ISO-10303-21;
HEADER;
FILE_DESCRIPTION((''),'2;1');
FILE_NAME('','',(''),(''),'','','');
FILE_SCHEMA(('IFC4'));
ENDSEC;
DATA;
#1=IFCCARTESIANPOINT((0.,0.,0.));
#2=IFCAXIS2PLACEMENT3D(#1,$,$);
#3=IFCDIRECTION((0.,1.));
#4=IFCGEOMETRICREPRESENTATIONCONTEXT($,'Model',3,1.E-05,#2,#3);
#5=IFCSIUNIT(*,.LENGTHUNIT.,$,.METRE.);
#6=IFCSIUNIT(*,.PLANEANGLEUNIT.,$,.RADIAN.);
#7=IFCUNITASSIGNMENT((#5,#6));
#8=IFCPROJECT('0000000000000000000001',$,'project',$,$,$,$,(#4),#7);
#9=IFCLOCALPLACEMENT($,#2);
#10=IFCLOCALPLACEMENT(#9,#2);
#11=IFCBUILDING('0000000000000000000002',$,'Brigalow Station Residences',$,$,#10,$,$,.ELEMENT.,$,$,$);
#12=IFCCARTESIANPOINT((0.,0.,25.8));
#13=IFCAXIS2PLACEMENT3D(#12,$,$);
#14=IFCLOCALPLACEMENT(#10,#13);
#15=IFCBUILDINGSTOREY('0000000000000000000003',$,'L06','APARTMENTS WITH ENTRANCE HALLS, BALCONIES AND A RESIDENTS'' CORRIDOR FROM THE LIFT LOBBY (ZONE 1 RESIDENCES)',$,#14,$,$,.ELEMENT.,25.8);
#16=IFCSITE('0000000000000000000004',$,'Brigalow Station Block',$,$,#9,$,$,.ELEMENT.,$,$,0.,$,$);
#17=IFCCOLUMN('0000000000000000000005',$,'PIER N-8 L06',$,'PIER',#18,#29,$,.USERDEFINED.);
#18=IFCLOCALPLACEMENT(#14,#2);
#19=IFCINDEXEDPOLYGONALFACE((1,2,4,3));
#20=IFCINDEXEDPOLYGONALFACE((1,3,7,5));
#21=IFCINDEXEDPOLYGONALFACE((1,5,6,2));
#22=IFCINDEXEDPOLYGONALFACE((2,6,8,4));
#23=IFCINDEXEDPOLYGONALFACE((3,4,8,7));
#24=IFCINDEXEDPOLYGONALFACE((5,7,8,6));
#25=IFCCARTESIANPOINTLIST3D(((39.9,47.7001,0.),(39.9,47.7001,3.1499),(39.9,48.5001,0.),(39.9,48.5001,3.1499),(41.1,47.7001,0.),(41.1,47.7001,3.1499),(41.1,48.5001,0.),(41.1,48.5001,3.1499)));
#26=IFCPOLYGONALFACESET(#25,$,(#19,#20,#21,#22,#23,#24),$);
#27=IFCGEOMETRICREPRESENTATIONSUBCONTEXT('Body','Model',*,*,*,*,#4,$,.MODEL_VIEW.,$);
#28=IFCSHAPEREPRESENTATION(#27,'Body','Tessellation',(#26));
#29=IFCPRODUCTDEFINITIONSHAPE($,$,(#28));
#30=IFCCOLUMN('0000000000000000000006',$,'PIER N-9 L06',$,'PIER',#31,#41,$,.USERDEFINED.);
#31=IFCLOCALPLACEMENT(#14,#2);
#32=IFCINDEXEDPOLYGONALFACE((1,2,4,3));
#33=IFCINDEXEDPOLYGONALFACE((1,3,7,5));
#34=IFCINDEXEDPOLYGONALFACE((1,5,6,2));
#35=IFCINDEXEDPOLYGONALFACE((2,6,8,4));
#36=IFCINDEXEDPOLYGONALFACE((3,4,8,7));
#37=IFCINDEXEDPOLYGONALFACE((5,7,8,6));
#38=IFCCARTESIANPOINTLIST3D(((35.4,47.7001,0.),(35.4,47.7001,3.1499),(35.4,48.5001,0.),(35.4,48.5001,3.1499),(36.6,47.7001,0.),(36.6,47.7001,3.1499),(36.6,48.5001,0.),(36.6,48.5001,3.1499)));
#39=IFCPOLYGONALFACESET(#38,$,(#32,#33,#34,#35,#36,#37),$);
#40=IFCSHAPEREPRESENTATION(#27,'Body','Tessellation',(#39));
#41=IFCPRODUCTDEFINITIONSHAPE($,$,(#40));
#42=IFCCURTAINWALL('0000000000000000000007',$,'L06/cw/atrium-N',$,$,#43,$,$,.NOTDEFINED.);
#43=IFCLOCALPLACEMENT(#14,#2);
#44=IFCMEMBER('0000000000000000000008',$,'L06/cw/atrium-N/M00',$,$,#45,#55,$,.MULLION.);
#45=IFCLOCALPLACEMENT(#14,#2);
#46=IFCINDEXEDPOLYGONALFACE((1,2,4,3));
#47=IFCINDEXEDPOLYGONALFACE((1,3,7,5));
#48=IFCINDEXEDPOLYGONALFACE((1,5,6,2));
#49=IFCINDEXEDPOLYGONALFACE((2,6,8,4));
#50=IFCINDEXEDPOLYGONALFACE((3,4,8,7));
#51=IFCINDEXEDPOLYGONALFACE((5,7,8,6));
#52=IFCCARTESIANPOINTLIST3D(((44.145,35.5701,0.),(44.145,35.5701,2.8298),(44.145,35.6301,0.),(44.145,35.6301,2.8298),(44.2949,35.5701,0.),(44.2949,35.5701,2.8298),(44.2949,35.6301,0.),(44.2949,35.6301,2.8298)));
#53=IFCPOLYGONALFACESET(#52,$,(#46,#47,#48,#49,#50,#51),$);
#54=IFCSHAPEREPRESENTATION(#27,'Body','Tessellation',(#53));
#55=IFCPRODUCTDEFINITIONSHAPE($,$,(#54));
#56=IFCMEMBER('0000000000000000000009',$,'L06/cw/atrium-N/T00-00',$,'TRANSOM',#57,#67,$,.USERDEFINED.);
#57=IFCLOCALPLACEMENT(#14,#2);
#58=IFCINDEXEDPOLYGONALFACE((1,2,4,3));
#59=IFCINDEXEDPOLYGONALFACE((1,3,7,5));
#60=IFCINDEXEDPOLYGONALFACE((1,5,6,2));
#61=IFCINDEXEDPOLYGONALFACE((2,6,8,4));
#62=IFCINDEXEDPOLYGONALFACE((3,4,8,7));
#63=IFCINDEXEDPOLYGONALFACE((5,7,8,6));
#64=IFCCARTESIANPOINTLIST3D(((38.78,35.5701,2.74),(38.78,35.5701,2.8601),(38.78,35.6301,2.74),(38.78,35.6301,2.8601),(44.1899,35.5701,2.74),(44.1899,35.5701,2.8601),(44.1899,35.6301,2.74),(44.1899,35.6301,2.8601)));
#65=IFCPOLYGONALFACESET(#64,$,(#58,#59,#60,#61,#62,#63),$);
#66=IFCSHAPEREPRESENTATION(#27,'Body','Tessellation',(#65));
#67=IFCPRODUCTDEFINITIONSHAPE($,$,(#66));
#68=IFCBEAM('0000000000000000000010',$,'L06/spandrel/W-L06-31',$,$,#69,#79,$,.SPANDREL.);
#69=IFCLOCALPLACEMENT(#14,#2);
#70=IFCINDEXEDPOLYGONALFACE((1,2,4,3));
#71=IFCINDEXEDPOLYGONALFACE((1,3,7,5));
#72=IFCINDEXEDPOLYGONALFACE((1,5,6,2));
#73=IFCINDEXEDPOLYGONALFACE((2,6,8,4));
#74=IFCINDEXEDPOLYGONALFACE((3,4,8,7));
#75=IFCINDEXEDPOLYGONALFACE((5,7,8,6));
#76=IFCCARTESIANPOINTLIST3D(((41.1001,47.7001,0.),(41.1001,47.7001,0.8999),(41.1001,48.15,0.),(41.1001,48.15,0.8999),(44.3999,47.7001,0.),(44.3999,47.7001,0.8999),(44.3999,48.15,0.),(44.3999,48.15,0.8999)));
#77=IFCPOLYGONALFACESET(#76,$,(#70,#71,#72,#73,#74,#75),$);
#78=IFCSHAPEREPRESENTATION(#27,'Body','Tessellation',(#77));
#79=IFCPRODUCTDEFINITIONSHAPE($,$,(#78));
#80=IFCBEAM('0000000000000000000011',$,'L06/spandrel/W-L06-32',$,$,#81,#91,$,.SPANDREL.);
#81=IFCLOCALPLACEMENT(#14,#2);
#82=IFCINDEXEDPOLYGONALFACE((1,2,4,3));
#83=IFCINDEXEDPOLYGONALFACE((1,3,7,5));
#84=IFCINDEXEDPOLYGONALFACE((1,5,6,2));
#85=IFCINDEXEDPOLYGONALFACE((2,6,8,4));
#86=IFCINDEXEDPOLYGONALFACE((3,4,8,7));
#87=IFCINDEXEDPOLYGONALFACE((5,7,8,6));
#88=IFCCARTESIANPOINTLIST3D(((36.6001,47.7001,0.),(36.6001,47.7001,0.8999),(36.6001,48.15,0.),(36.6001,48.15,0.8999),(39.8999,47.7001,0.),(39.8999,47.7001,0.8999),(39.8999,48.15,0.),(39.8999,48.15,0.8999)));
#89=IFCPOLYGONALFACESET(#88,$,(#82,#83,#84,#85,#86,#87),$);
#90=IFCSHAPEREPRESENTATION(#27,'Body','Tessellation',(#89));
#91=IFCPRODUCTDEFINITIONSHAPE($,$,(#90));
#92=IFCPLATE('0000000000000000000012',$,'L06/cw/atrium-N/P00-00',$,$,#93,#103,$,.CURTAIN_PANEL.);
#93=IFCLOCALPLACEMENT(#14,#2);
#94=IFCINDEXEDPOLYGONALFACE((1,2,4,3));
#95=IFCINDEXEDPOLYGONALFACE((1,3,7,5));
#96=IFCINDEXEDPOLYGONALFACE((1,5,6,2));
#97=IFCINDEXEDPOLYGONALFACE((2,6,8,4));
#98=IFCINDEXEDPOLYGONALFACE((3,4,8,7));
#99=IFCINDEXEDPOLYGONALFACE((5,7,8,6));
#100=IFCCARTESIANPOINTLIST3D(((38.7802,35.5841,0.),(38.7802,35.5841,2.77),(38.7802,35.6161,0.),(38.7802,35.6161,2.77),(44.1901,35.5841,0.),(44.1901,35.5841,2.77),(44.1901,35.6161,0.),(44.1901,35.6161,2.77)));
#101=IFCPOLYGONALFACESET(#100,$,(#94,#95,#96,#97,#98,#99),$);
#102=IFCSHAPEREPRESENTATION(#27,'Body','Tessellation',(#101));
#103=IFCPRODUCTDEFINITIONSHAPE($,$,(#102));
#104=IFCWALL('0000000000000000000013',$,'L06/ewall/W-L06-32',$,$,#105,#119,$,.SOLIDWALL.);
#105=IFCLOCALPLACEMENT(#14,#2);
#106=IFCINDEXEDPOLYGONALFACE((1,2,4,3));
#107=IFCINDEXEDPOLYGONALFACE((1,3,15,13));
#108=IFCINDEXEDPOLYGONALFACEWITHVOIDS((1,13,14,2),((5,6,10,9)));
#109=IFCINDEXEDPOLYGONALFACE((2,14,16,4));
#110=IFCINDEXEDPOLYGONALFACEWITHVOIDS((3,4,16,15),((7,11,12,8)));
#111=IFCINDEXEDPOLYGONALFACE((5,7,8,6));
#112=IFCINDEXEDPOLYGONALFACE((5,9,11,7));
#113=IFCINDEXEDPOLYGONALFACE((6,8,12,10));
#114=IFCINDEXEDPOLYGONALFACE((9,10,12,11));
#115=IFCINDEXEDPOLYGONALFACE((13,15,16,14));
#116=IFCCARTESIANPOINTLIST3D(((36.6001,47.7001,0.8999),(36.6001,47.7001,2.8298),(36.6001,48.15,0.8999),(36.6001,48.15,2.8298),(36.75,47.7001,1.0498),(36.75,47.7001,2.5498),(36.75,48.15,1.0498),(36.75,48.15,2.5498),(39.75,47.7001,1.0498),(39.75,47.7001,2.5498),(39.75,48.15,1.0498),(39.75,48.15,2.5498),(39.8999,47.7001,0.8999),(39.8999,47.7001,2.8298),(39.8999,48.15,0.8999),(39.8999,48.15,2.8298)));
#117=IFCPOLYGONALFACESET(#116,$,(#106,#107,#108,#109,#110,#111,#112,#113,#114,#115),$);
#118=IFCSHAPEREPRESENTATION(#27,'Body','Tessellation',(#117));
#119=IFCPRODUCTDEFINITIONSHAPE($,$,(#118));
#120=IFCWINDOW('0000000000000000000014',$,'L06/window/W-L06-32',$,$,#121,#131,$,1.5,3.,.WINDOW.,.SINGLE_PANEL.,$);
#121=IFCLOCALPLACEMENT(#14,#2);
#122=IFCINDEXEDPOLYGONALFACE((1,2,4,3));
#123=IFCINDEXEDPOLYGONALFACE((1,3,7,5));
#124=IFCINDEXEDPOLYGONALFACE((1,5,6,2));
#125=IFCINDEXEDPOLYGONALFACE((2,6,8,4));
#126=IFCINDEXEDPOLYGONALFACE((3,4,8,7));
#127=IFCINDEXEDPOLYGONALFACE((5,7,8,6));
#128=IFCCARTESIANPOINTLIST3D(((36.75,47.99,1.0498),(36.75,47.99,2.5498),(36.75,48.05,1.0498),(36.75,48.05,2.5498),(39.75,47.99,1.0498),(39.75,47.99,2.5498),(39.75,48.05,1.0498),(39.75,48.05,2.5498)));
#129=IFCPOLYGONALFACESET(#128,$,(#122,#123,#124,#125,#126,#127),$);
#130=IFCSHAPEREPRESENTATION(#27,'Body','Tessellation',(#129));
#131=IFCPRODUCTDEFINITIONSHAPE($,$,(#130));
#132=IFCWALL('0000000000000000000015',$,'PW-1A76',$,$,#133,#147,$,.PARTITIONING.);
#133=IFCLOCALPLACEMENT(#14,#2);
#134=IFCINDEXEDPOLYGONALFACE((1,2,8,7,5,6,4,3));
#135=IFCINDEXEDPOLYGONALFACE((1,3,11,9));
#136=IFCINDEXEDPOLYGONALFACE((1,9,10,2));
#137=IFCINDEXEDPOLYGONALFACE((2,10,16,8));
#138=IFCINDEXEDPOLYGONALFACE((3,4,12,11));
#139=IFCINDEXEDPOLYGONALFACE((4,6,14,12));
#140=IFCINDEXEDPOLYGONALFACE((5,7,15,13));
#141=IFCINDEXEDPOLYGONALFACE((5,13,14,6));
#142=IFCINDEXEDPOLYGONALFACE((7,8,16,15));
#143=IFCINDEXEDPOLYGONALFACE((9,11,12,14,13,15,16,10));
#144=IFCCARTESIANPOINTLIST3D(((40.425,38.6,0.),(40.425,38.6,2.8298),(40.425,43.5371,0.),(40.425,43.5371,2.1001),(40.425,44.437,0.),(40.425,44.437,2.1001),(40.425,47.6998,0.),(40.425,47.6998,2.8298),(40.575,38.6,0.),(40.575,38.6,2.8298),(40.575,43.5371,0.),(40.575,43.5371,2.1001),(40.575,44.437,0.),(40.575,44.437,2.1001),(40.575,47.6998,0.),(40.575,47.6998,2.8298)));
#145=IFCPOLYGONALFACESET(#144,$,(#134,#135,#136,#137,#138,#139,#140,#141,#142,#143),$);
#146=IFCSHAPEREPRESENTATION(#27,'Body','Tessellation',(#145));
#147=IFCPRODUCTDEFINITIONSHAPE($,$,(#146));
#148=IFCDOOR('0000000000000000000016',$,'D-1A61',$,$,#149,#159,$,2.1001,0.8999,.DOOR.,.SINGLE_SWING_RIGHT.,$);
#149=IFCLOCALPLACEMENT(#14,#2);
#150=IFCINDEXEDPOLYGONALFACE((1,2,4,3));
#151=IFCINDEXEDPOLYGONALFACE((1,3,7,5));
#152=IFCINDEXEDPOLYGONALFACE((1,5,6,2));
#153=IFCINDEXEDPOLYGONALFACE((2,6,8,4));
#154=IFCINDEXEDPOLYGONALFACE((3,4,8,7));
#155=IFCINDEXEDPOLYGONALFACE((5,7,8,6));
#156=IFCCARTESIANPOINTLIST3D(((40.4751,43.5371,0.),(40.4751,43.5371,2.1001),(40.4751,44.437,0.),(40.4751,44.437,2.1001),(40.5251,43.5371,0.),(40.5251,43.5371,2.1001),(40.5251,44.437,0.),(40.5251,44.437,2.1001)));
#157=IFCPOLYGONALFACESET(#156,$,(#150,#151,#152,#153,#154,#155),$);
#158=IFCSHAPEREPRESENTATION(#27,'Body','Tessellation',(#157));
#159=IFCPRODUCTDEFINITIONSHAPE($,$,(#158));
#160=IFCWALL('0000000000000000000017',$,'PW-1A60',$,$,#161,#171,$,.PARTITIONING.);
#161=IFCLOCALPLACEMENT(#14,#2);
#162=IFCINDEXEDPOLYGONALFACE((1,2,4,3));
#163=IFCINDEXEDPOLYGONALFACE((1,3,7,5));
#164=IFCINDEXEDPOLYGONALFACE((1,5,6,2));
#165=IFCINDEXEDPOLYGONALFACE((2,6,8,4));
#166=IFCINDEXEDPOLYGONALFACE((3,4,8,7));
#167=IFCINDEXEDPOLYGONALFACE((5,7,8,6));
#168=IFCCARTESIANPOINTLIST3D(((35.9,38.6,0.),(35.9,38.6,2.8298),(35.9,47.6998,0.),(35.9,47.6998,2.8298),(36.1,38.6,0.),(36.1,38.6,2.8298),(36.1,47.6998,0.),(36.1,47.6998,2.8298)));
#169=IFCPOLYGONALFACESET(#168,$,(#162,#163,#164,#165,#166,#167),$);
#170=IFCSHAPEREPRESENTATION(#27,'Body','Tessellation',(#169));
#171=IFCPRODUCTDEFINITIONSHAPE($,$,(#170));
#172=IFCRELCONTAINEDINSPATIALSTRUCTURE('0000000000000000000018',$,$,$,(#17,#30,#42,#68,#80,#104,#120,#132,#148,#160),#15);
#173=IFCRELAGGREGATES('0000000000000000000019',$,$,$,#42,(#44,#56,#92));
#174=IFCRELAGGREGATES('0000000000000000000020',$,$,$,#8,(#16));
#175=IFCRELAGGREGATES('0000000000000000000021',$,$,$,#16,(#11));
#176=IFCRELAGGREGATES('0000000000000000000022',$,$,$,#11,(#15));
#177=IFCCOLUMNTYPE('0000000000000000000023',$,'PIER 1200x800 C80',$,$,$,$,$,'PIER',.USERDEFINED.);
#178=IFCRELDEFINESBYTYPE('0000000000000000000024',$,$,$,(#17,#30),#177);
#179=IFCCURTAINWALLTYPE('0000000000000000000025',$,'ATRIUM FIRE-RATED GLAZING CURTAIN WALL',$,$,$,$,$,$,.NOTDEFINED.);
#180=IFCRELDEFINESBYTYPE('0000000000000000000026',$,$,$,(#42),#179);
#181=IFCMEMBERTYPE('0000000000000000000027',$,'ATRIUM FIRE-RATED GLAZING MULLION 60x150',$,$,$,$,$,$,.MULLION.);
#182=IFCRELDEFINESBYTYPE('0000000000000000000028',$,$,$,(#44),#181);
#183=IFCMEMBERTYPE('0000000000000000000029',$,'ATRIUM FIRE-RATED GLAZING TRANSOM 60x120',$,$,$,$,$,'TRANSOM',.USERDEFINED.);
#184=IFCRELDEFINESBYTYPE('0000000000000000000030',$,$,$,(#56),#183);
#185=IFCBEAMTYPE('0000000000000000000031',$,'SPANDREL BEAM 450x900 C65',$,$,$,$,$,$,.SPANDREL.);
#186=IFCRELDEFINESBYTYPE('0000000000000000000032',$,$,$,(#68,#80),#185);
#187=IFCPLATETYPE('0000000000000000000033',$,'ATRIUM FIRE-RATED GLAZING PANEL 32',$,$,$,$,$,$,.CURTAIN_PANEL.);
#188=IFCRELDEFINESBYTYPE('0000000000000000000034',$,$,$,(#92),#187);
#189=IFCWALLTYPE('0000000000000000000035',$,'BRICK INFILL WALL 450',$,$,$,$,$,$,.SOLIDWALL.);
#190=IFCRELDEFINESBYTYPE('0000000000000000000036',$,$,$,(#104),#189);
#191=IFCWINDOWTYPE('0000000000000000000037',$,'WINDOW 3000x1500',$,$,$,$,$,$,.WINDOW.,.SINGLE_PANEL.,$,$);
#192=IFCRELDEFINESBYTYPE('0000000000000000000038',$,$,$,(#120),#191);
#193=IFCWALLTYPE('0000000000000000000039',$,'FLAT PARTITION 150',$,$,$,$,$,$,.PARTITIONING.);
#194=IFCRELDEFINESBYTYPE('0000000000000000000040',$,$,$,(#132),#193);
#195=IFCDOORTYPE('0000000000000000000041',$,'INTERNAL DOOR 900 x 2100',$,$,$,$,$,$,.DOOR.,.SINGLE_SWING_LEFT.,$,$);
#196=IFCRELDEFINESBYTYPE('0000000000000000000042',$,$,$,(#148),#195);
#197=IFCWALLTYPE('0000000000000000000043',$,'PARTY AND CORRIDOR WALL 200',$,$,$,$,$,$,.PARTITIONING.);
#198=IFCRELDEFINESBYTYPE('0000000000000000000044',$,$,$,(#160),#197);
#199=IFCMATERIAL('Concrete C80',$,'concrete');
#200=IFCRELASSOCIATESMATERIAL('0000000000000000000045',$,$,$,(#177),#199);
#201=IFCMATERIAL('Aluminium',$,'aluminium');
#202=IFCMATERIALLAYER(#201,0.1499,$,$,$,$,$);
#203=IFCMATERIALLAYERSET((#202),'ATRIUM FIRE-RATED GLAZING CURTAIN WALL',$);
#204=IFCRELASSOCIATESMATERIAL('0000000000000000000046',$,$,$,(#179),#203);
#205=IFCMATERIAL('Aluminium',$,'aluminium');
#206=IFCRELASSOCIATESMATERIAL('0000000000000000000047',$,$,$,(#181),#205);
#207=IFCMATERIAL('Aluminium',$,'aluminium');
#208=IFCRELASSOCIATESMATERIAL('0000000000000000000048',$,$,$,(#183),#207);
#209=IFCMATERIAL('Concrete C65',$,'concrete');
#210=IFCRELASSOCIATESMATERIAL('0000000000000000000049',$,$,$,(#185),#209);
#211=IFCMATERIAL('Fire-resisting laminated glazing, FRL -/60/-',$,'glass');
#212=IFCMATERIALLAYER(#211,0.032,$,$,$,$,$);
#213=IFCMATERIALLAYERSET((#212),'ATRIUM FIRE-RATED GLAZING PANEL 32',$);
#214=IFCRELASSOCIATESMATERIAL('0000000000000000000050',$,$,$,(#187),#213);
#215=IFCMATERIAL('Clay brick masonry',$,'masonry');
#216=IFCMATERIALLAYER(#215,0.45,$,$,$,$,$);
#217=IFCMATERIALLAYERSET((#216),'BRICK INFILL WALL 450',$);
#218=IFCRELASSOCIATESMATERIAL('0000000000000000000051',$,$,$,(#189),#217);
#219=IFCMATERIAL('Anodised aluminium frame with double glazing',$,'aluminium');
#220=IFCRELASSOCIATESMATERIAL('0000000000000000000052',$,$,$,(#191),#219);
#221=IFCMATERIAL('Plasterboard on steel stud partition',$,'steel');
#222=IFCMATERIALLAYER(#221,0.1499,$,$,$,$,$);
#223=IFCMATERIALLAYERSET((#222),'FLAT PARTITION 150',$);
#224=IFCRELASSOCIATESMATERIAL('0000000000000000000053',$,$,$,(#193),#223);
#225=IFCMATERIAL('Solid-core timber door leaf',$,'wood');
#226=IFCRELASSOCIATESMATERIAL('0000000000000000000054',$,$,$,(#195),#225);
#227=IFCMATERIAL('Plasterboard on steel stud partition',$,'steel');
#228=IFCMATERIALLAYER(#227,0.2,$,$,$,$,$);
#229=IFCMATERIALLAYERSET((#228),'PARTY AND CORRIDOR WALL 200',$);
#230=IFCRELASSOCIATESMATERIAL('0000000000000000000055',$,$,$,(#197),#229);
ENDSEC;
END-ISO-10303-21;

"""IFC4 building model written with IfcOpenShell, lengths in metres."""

from ifc_helpers import new_model, si_unit, direction, frame, frame_2d, origin, origin_2d, place, context, subcontext, project, spatial, rectangle, extrude, material, layer, layer_set, material_profile, profile_set, type_object, element, fill, aggregate, save


model = new_model("IFC4")

# Units and contexts
model_context = context("Model", 3, precision=1e-05, world=origin(), true_north=direction((0.0, 1.0)))
body_context = subcontext(model_context, "Body", "Model", "MODEL_VIEW")
ifc_project = project(units=[si_unit("LENGTHUNIT", "METRE"), si_unit("PLANEANGLEUNIT", "RADIAN")], contexts=[model_context])

# Site, building, storey
site_placement = place(None, origin())
site = spatial("IfcSite", under=ifc_project, at=site_placement, Name="Brigalow Station Block", CompositionType="ELEMENT", RefElevation=0.0)
building_placement = place(site_placement, origin())
building = spatial("IfcBuilding", under=site, at=building_placement, Name="Brigalow Station Residences", CompositionType="ELEMENT")
storey_placement = place(building_placement, frame((0.0, 0.0, 25.8)))
storey = spatial("IfcBuildingStorey", under=building, at=storey_placement, Name="L06", Description="APARTMENTS WITH ENTRANCE HALLS, BALCONIES AND A RESIDENTS' CORRIDOR FROM THE LIFT LOBBY (ZONE 1 RESIDENCES)", CompositionType="ELEMENT", Elevation=25.8)

# Columns
ifc_material_1 = material(Name="Concrete C80", Category="concrete")
ifc_material_profile_1 = material_profile(ifc_material_1, rectangle(XDim=1.2, YDim=0.8, at=origin_2d()), Name="RC1200x800")
ifc_profile_set_1 = profile_set([ifc_material_profile_1], Name="Concrete C80")
column_type = type_object("IfcColumnType", Name="PIER 1200x800 C80", ElementType="PIER", PredefinedType="USERDEFINED", material=ifc_profile_set_1)
for number, where, z_axis, x_axis, name in (
    (1, (40.5, 48.1001, 0.0), (0.0, 0.0, 1.0), (-1.0, 0.0, 0.0), "PIER N-8 L06"),
    (2, (36.0, 48.1001, 0.0), (0.0, 0.0, 1.0), (-1.0, 0.0, 0.0), "PIER N-9 L06"),
):
    element("IfcColumn", number, at=place(storey_placement, frame(where, z_axis=z_axis, x_axis=x_axis)), inside=storey, type_object=column_type, Name=name, ObjectType="PIER", PredefinedType="USERDEFINED", context=body_context, shape_type="SweptSolid", body=[
        extrude(rectangle(XDim=1.2, YDim=0.8, at=origin_2d()), origin(), (0.0, 0.0, 1.0), 3.1499),
    ])

# Curtain wall, members
ifc_material_2 = material(Name="Aluminium", Category="aluminium")
ifc_layer_1 = layer(ifc_material_2, 0.1499)
ifc_layer_set_1 = layer_set([ifc_layer_1], Name="ATRIUM FIRE-RATED GLAZING CURTAIN WALL")
curtain_wall_type = type_object("IfcCurtainWallType", Name="ATRIUM FIRE-RATED GLAZING CURTAIN WALL", PredefinedType="NOTDEFINED", material=ifc_layer_set_1)
curtain_wall_placement = place(storey_placement, origin())
curtain_wall = element("IfcCurtainWall", 3, at=curtain_wall_placement, inside=storey, type_object=curtain_wall_type, Name="L06/cw/atrium-N", PredefinedType="NOTDEFINED")
ifc_material_3 = material(Name="Aluminium", Category="aluminium")
ifc_material_profile_2 = material_profile(ifc_material_3, rectangle(XDim=0.0601, YDim=0.1499, at=origin_2d()), Name="ATRIUM FIRE-RATED GLAZING MULLION 60x150")
ifc_profile_set_2 = profile_set([ifc_material_profile_2], Name="Aluminium")
member_type_1 = type_object("IfcMemberType", Name="ATRIUM FIRE-RATED GLAZING MULLION 60x150", PredefinedType="MULLION", material=ifc_profile_set_2)
member_1_placement = place(storey_placement, frame((44.22, 35.6001, 0.0), z_axis=(0.0, 0.0, 1.0), x_axis=(0.0, -1.0, 0.0)))
member_1 = element("IfcMember", 4, at=member_1_placement, type_object=member_type_1, Name="L06/cw/atrium-N/M00", PredefinedType="MULLION", context=body_context, shape_type="SweptSolid", body=[
    extrude(rectangle(XDim=0.0601, YDim=0.1499, at=origin_2d()), origin(), (0.0, 0.0, 1.0), 2.8298),
])
ifc_material_4 = material(Name="Aluminium", Category="aluminium")
ifc_material_profile_3 = material_profile(ifc_material_4, rectangle(XDim=0.0601, YDim=0.1201, at=origin_2d()), Name="ATRIUM FIRE-RATED GLAZING TRANSOM 60x120")
ifc_profile_set_3 = profile_set([ifc_material_profile_3], Name="Aluminium")
member_type_2 = type_object("IfcMemberType", Name="ATRIUM FIRE-RATED GLAZING TRANSOM 60x120", ElementType="TRANSOM", PredefinedType="USERDEFINED", material=ifc_profile_set_3)
member_2_placement = place(storey_placement, frame((44.1899, 35.6001, 2.8), z_axis=(-1.0, 0.0, 0.0), x_axis=(0.0, -1.0, 0.0)))
member_2 = element("IfcMember", 5, at=member_2_placement, type_object=member_type_2, Name="L06/cw/atrium-N/T00-00", ObjectType="TRANSOM", PredefinedType="USERDEFINED", context=body_context, shape_type="SweptSolid", body=[
    extrude(rectangle(XDim=0.0601, YDim=0.1201, at=origin_2d()), origin(), (0.0, 0.0, 1.0), 5.4099),
])

# Beams
ifc_material_5 = material(Name="Concrete C65", Category="concrete")
ifc_material_profile_4 = material_profile(ifc_material_5, rectangle(XDim=0.45, YDim=0.8999, at=origin_2d()), Name="RC450x900")
ifc_profile_set_4 = profile_set([ifc_material_profile_4], Name="Concrete C65")
beam_type = type_object("IfcBeamType", Name="SPANDREL BEAM 450x900 C65", PredefinedType="SPANDREL", material=ifc_profile_set_4)
for number, where, z_axis, x_axis, name in (
    (6, (44.3999, 47.925, 0.45), (-1.0, 0.0, 0.0), (0.0, -1.0, 0.0), "L06/spandrel/W-L06-31"),
    (7, (39.8999, 47.925, 0.45), (-1.0, 0.0, 0.0), (0.0, -1.0, 0.0), "L06/spandrel/W-L06-32"),
):
    element("IfcBeam", number, at=place(storey_placement, frame(where, z_axis=z_axis, x_axis=x_axis)), inside=storey, type_object=beam_type, Name=name, PredefinedType="SPANDREL", context=body_context, shape_type="SweptSolid", body=[
        extrude(rectangle(XDim=0.45, YDim=0.8999, at=origin_2d()), origin(), (0.0, 0.0, 1.0), 3.2998),
    ])

# Plate
ifc_material_6 = material(Name="Fire-resisting laminated glazing, FRL -/60/-", Category="glass")
ifc_layer_2 = layer(ifc_material_6, 0.032)
ifc_layer_set_2 = layer_set([ifc_layer_2], Name="ATRIUM FIRE-RATED GLAZING PANEL 32")
plate_type = type_object("IfcPlateType", Name="ATRIUM FIRE-RATED GLAZING PANEL 32", PredefinedType="CURTAIN_PANEL", material=ifc_layer_set_2)
plate_placement = place(storey_placement, frame((41.4851, 35.6001, 0.0), z_axis=(0.0, 0.0, 1.0), x_axis=(-1.0, 0.0, 0.0)))
plate = element("IfcPlate", 8, at=plate_placement, type_object=plate_type, Name="L06/cw/atrium-N/P00-00", PredefinedType="CURTAIN_PANEL", context=body_context, shape_type="SweptSolid", body=[
    extrude(rectangle(XDim=5.4099, YDim=0.032, at=origin_2d()), origin(), (0.0, 0.0, 1.0), 2.77),
])
aggregate(curtain_wall, [member_1, member_2, plate])

# Wall, opening, window
ifc_material_7 = material(Name="Clay brick masonry", Category="masonry")
ifc_layer_3 = layer(ifc_material_7, 0.45)
ifc_layer_set_3 = layer_set([ifc_layer_3], Name="BRICK INFILL WALL 450")
wall_type_1 = type_object("IfcWallType", Name="BRICK INFILL WALL 450", PredefinedType="SOLIDWALL", material=ifc_layer_set_3)
wall_1_placement = place(storey_placement, frame((39.8999, 47.925, 0.8999), z_axis=(0.0, 0.0, 1.0), x_axis=(-1.0, 0.0, 0.0)))
wall_1 = element("IfcWall", 9, at=wall_1_placement, inside=storey, type_object=wall_type_1, Name="L06/ewall/W-L06-32", PredefinedType="SOLIDWALL", context=body_context, shape_type="SweptSolid", body=[
    extrude(rectangle(XDim=3.2998, YDim=0.45, at=frame_2d((1.6499, 0.0))), origin(), (0.0, 0.0, 1.0), 1.9299),
])
opening_1_placement = place(wall_1_placement, frame((0.1499, 0.0, 0.1499)))
opening_1 = element("IfcOpeningElement", 10, at=opening_1_placement, cuts=wall_1, PredefinedType="OPENING", context=body_context, shape_type="SweptSolid", body=[
    extrude(rectangle(XDim=3.0, YDim=1.5, at=frame_2d((1.5, 0.75))), frame((0.0, 0.2349, 0.0), z_axis=(0.0, -1.0, 0.0), x_axis=(1.0, 0.0, 0.0)), (0.0, 0.0, 1.0), 0.47),
])
ifc_material_8 = material(Name="Anodised aluminium frame with double glazing", Category="aluminium")
window_type = type_object("IfcWindowType", Name="WINDOW 3000x1500", PartitioningType="SINGLE_PANEL", PredefinedType="WINDOW", material=ifc_material_8)
window_placement = place(opening_1_placement, origin())
window = element("IfcWindow", 11, at=window_placement, inside=storey, type_object=window_type, Name="L06/window/W-L06-32", OverallHeight=1.5, OverallWidth=3.0, PartitioningType="SINGLE_PANEL", PredefinedType="WINDOW", context=body_context, shape_type="SweptSolid", body=[
    extrude(rectangle(XDim=3.0, YDim=1.5, at=frame_2d((1.5, 0.75))), frame((0.0, -0.0649, 0.0), z_axis=(0.0, -1.0, 0.0), x_axis=(1.0, 0.0, 0.0)), (0.0, 0.0, 1.0), 0.0601),
])
fill(opening_1, window)

# Wall, opening, door
ifc_material_9 = material(Name="Plasterboard on steel stud partition", Category="steel")
ifc_layer_4 = layer(ifc_material_9, 0.1499)
ifc_layer_set_4 = layer_set([ifc_layer_4], Name="FLAT PARTITION 150")
wall_type_2 = type_object("IfcWallType", Name="FLAT PARTITION 150", PredefinedType="PARTITIONING", material=ifc_layer_set_4)
wall_2_placement = place(storey_placement, frame((40.5, 38.6001, 0.0), z_axis=(0.0, 0.0, 1.0), x_axis=(0.0, 1.0, 0.0)))
wall_2 = element("IfcWall", 12, at=wall_2_placement, inside=storey, type_object=wall_type_2, Name="PW-1A76", PredefinedType="PARTITIONING", context=body_context, shape_type="SweptSolid", body=[
    extrude(rectangle(XDim=9.0999, YDim=0.1499, at=frame_2d((4.5498, 0.0))), origin(), (0.0, 0.0, 1.0), 2.8298),
])
opening_2_placement = place(wall_2_placement, frame((4.937, 0.0, 0.0)))
opening_2 = element("IfcOpeningElement", 13, at=opening_2_placement, cuts=wall_2, PredefinedType="OPENING", context=body_context, shape_type="SweptSolid", body=[
    extrude(rectangle(XDim=0.8999, YDim=2.1001, at=frame_2d((0.45, 1.05))), frame((0.0, 0.085, 0.0), z_axis=(0.0, -1.0, 0.0), x_axis=(1.0, 0.0, 0.0)), (0.0, 0.0, 1.0), 0.1699),
])
ifc_material_10 = material(Name="Solid-core timber door leaf", Category="wood")
door_type = type_object("IfcDoorType", Name="INTERNAL DOOR 900 x 2100", OperationType="SINGLE_SWING_LEFT", PredefinedType="DOOR", material=ifc_material_10)
door_placement = place(opening_2_placement, origin())
door = element("IfcDoor", 14, at=door_placement, inside=storey, type_object=door_type, Name="D-1A61", OperationType="SINGLE_SWING_RIGHT", OverallHeight=2.1001, OverallWidth=0.8999, PredefinedType="DOOR", context=body_context, shape_type="SweptSolid", body=[
    extrude(rectangle(XDim=0.8999, YDim=2.1001, at=frame_2d((0.45, 1.05))), frame((0.0, 0.0249, 0.0), z_axis=(0.0, -1.0, 0.0), x_axis=(1.0, 0.0, 0.0)), (0.0, 0.0, 1.0), 0.05),
])
fill(opening_2, door)

# Wall
ifc_material_11 = material(Name="Plasterboard on steel stud partition", Category="steel")
ifc_layer_5 = layer(ifc_material_11, 0.2)
ifc_layer_set_5 = layer_set([ifc_layer_5], Name="PARTY AND CORRIDOR WALL 200")
wall_type_3 = type_object("IfcWallType", Name="PARTY AND CORRIDOR WALL 200", PredefinedType="PARTITIONING", material=ifc_layer_set_5)
wall_3_placement = place(storey_placement, frame((36.0, 38.6001, 0.0), z_axis=(0.0, 0.0, 1.0), x_axis=(0.0, 1.0, 0.0)))
element("IfcWall", 15, at=wall_3_placement, inside=storey, type_object=wall_type_3, Name="PW-1A60", PredefinedType="PARTITIONING", context=body_context, shape_type="SweptSolid", body=[
    extrude(rectangle(XDim=9.0999, YDim=0.2, at=frame_2d((4.5498, 0.0))), origin(), (0.0, 0.0, 1.0), 2.8298),
])

save(model, "model.ifc")
